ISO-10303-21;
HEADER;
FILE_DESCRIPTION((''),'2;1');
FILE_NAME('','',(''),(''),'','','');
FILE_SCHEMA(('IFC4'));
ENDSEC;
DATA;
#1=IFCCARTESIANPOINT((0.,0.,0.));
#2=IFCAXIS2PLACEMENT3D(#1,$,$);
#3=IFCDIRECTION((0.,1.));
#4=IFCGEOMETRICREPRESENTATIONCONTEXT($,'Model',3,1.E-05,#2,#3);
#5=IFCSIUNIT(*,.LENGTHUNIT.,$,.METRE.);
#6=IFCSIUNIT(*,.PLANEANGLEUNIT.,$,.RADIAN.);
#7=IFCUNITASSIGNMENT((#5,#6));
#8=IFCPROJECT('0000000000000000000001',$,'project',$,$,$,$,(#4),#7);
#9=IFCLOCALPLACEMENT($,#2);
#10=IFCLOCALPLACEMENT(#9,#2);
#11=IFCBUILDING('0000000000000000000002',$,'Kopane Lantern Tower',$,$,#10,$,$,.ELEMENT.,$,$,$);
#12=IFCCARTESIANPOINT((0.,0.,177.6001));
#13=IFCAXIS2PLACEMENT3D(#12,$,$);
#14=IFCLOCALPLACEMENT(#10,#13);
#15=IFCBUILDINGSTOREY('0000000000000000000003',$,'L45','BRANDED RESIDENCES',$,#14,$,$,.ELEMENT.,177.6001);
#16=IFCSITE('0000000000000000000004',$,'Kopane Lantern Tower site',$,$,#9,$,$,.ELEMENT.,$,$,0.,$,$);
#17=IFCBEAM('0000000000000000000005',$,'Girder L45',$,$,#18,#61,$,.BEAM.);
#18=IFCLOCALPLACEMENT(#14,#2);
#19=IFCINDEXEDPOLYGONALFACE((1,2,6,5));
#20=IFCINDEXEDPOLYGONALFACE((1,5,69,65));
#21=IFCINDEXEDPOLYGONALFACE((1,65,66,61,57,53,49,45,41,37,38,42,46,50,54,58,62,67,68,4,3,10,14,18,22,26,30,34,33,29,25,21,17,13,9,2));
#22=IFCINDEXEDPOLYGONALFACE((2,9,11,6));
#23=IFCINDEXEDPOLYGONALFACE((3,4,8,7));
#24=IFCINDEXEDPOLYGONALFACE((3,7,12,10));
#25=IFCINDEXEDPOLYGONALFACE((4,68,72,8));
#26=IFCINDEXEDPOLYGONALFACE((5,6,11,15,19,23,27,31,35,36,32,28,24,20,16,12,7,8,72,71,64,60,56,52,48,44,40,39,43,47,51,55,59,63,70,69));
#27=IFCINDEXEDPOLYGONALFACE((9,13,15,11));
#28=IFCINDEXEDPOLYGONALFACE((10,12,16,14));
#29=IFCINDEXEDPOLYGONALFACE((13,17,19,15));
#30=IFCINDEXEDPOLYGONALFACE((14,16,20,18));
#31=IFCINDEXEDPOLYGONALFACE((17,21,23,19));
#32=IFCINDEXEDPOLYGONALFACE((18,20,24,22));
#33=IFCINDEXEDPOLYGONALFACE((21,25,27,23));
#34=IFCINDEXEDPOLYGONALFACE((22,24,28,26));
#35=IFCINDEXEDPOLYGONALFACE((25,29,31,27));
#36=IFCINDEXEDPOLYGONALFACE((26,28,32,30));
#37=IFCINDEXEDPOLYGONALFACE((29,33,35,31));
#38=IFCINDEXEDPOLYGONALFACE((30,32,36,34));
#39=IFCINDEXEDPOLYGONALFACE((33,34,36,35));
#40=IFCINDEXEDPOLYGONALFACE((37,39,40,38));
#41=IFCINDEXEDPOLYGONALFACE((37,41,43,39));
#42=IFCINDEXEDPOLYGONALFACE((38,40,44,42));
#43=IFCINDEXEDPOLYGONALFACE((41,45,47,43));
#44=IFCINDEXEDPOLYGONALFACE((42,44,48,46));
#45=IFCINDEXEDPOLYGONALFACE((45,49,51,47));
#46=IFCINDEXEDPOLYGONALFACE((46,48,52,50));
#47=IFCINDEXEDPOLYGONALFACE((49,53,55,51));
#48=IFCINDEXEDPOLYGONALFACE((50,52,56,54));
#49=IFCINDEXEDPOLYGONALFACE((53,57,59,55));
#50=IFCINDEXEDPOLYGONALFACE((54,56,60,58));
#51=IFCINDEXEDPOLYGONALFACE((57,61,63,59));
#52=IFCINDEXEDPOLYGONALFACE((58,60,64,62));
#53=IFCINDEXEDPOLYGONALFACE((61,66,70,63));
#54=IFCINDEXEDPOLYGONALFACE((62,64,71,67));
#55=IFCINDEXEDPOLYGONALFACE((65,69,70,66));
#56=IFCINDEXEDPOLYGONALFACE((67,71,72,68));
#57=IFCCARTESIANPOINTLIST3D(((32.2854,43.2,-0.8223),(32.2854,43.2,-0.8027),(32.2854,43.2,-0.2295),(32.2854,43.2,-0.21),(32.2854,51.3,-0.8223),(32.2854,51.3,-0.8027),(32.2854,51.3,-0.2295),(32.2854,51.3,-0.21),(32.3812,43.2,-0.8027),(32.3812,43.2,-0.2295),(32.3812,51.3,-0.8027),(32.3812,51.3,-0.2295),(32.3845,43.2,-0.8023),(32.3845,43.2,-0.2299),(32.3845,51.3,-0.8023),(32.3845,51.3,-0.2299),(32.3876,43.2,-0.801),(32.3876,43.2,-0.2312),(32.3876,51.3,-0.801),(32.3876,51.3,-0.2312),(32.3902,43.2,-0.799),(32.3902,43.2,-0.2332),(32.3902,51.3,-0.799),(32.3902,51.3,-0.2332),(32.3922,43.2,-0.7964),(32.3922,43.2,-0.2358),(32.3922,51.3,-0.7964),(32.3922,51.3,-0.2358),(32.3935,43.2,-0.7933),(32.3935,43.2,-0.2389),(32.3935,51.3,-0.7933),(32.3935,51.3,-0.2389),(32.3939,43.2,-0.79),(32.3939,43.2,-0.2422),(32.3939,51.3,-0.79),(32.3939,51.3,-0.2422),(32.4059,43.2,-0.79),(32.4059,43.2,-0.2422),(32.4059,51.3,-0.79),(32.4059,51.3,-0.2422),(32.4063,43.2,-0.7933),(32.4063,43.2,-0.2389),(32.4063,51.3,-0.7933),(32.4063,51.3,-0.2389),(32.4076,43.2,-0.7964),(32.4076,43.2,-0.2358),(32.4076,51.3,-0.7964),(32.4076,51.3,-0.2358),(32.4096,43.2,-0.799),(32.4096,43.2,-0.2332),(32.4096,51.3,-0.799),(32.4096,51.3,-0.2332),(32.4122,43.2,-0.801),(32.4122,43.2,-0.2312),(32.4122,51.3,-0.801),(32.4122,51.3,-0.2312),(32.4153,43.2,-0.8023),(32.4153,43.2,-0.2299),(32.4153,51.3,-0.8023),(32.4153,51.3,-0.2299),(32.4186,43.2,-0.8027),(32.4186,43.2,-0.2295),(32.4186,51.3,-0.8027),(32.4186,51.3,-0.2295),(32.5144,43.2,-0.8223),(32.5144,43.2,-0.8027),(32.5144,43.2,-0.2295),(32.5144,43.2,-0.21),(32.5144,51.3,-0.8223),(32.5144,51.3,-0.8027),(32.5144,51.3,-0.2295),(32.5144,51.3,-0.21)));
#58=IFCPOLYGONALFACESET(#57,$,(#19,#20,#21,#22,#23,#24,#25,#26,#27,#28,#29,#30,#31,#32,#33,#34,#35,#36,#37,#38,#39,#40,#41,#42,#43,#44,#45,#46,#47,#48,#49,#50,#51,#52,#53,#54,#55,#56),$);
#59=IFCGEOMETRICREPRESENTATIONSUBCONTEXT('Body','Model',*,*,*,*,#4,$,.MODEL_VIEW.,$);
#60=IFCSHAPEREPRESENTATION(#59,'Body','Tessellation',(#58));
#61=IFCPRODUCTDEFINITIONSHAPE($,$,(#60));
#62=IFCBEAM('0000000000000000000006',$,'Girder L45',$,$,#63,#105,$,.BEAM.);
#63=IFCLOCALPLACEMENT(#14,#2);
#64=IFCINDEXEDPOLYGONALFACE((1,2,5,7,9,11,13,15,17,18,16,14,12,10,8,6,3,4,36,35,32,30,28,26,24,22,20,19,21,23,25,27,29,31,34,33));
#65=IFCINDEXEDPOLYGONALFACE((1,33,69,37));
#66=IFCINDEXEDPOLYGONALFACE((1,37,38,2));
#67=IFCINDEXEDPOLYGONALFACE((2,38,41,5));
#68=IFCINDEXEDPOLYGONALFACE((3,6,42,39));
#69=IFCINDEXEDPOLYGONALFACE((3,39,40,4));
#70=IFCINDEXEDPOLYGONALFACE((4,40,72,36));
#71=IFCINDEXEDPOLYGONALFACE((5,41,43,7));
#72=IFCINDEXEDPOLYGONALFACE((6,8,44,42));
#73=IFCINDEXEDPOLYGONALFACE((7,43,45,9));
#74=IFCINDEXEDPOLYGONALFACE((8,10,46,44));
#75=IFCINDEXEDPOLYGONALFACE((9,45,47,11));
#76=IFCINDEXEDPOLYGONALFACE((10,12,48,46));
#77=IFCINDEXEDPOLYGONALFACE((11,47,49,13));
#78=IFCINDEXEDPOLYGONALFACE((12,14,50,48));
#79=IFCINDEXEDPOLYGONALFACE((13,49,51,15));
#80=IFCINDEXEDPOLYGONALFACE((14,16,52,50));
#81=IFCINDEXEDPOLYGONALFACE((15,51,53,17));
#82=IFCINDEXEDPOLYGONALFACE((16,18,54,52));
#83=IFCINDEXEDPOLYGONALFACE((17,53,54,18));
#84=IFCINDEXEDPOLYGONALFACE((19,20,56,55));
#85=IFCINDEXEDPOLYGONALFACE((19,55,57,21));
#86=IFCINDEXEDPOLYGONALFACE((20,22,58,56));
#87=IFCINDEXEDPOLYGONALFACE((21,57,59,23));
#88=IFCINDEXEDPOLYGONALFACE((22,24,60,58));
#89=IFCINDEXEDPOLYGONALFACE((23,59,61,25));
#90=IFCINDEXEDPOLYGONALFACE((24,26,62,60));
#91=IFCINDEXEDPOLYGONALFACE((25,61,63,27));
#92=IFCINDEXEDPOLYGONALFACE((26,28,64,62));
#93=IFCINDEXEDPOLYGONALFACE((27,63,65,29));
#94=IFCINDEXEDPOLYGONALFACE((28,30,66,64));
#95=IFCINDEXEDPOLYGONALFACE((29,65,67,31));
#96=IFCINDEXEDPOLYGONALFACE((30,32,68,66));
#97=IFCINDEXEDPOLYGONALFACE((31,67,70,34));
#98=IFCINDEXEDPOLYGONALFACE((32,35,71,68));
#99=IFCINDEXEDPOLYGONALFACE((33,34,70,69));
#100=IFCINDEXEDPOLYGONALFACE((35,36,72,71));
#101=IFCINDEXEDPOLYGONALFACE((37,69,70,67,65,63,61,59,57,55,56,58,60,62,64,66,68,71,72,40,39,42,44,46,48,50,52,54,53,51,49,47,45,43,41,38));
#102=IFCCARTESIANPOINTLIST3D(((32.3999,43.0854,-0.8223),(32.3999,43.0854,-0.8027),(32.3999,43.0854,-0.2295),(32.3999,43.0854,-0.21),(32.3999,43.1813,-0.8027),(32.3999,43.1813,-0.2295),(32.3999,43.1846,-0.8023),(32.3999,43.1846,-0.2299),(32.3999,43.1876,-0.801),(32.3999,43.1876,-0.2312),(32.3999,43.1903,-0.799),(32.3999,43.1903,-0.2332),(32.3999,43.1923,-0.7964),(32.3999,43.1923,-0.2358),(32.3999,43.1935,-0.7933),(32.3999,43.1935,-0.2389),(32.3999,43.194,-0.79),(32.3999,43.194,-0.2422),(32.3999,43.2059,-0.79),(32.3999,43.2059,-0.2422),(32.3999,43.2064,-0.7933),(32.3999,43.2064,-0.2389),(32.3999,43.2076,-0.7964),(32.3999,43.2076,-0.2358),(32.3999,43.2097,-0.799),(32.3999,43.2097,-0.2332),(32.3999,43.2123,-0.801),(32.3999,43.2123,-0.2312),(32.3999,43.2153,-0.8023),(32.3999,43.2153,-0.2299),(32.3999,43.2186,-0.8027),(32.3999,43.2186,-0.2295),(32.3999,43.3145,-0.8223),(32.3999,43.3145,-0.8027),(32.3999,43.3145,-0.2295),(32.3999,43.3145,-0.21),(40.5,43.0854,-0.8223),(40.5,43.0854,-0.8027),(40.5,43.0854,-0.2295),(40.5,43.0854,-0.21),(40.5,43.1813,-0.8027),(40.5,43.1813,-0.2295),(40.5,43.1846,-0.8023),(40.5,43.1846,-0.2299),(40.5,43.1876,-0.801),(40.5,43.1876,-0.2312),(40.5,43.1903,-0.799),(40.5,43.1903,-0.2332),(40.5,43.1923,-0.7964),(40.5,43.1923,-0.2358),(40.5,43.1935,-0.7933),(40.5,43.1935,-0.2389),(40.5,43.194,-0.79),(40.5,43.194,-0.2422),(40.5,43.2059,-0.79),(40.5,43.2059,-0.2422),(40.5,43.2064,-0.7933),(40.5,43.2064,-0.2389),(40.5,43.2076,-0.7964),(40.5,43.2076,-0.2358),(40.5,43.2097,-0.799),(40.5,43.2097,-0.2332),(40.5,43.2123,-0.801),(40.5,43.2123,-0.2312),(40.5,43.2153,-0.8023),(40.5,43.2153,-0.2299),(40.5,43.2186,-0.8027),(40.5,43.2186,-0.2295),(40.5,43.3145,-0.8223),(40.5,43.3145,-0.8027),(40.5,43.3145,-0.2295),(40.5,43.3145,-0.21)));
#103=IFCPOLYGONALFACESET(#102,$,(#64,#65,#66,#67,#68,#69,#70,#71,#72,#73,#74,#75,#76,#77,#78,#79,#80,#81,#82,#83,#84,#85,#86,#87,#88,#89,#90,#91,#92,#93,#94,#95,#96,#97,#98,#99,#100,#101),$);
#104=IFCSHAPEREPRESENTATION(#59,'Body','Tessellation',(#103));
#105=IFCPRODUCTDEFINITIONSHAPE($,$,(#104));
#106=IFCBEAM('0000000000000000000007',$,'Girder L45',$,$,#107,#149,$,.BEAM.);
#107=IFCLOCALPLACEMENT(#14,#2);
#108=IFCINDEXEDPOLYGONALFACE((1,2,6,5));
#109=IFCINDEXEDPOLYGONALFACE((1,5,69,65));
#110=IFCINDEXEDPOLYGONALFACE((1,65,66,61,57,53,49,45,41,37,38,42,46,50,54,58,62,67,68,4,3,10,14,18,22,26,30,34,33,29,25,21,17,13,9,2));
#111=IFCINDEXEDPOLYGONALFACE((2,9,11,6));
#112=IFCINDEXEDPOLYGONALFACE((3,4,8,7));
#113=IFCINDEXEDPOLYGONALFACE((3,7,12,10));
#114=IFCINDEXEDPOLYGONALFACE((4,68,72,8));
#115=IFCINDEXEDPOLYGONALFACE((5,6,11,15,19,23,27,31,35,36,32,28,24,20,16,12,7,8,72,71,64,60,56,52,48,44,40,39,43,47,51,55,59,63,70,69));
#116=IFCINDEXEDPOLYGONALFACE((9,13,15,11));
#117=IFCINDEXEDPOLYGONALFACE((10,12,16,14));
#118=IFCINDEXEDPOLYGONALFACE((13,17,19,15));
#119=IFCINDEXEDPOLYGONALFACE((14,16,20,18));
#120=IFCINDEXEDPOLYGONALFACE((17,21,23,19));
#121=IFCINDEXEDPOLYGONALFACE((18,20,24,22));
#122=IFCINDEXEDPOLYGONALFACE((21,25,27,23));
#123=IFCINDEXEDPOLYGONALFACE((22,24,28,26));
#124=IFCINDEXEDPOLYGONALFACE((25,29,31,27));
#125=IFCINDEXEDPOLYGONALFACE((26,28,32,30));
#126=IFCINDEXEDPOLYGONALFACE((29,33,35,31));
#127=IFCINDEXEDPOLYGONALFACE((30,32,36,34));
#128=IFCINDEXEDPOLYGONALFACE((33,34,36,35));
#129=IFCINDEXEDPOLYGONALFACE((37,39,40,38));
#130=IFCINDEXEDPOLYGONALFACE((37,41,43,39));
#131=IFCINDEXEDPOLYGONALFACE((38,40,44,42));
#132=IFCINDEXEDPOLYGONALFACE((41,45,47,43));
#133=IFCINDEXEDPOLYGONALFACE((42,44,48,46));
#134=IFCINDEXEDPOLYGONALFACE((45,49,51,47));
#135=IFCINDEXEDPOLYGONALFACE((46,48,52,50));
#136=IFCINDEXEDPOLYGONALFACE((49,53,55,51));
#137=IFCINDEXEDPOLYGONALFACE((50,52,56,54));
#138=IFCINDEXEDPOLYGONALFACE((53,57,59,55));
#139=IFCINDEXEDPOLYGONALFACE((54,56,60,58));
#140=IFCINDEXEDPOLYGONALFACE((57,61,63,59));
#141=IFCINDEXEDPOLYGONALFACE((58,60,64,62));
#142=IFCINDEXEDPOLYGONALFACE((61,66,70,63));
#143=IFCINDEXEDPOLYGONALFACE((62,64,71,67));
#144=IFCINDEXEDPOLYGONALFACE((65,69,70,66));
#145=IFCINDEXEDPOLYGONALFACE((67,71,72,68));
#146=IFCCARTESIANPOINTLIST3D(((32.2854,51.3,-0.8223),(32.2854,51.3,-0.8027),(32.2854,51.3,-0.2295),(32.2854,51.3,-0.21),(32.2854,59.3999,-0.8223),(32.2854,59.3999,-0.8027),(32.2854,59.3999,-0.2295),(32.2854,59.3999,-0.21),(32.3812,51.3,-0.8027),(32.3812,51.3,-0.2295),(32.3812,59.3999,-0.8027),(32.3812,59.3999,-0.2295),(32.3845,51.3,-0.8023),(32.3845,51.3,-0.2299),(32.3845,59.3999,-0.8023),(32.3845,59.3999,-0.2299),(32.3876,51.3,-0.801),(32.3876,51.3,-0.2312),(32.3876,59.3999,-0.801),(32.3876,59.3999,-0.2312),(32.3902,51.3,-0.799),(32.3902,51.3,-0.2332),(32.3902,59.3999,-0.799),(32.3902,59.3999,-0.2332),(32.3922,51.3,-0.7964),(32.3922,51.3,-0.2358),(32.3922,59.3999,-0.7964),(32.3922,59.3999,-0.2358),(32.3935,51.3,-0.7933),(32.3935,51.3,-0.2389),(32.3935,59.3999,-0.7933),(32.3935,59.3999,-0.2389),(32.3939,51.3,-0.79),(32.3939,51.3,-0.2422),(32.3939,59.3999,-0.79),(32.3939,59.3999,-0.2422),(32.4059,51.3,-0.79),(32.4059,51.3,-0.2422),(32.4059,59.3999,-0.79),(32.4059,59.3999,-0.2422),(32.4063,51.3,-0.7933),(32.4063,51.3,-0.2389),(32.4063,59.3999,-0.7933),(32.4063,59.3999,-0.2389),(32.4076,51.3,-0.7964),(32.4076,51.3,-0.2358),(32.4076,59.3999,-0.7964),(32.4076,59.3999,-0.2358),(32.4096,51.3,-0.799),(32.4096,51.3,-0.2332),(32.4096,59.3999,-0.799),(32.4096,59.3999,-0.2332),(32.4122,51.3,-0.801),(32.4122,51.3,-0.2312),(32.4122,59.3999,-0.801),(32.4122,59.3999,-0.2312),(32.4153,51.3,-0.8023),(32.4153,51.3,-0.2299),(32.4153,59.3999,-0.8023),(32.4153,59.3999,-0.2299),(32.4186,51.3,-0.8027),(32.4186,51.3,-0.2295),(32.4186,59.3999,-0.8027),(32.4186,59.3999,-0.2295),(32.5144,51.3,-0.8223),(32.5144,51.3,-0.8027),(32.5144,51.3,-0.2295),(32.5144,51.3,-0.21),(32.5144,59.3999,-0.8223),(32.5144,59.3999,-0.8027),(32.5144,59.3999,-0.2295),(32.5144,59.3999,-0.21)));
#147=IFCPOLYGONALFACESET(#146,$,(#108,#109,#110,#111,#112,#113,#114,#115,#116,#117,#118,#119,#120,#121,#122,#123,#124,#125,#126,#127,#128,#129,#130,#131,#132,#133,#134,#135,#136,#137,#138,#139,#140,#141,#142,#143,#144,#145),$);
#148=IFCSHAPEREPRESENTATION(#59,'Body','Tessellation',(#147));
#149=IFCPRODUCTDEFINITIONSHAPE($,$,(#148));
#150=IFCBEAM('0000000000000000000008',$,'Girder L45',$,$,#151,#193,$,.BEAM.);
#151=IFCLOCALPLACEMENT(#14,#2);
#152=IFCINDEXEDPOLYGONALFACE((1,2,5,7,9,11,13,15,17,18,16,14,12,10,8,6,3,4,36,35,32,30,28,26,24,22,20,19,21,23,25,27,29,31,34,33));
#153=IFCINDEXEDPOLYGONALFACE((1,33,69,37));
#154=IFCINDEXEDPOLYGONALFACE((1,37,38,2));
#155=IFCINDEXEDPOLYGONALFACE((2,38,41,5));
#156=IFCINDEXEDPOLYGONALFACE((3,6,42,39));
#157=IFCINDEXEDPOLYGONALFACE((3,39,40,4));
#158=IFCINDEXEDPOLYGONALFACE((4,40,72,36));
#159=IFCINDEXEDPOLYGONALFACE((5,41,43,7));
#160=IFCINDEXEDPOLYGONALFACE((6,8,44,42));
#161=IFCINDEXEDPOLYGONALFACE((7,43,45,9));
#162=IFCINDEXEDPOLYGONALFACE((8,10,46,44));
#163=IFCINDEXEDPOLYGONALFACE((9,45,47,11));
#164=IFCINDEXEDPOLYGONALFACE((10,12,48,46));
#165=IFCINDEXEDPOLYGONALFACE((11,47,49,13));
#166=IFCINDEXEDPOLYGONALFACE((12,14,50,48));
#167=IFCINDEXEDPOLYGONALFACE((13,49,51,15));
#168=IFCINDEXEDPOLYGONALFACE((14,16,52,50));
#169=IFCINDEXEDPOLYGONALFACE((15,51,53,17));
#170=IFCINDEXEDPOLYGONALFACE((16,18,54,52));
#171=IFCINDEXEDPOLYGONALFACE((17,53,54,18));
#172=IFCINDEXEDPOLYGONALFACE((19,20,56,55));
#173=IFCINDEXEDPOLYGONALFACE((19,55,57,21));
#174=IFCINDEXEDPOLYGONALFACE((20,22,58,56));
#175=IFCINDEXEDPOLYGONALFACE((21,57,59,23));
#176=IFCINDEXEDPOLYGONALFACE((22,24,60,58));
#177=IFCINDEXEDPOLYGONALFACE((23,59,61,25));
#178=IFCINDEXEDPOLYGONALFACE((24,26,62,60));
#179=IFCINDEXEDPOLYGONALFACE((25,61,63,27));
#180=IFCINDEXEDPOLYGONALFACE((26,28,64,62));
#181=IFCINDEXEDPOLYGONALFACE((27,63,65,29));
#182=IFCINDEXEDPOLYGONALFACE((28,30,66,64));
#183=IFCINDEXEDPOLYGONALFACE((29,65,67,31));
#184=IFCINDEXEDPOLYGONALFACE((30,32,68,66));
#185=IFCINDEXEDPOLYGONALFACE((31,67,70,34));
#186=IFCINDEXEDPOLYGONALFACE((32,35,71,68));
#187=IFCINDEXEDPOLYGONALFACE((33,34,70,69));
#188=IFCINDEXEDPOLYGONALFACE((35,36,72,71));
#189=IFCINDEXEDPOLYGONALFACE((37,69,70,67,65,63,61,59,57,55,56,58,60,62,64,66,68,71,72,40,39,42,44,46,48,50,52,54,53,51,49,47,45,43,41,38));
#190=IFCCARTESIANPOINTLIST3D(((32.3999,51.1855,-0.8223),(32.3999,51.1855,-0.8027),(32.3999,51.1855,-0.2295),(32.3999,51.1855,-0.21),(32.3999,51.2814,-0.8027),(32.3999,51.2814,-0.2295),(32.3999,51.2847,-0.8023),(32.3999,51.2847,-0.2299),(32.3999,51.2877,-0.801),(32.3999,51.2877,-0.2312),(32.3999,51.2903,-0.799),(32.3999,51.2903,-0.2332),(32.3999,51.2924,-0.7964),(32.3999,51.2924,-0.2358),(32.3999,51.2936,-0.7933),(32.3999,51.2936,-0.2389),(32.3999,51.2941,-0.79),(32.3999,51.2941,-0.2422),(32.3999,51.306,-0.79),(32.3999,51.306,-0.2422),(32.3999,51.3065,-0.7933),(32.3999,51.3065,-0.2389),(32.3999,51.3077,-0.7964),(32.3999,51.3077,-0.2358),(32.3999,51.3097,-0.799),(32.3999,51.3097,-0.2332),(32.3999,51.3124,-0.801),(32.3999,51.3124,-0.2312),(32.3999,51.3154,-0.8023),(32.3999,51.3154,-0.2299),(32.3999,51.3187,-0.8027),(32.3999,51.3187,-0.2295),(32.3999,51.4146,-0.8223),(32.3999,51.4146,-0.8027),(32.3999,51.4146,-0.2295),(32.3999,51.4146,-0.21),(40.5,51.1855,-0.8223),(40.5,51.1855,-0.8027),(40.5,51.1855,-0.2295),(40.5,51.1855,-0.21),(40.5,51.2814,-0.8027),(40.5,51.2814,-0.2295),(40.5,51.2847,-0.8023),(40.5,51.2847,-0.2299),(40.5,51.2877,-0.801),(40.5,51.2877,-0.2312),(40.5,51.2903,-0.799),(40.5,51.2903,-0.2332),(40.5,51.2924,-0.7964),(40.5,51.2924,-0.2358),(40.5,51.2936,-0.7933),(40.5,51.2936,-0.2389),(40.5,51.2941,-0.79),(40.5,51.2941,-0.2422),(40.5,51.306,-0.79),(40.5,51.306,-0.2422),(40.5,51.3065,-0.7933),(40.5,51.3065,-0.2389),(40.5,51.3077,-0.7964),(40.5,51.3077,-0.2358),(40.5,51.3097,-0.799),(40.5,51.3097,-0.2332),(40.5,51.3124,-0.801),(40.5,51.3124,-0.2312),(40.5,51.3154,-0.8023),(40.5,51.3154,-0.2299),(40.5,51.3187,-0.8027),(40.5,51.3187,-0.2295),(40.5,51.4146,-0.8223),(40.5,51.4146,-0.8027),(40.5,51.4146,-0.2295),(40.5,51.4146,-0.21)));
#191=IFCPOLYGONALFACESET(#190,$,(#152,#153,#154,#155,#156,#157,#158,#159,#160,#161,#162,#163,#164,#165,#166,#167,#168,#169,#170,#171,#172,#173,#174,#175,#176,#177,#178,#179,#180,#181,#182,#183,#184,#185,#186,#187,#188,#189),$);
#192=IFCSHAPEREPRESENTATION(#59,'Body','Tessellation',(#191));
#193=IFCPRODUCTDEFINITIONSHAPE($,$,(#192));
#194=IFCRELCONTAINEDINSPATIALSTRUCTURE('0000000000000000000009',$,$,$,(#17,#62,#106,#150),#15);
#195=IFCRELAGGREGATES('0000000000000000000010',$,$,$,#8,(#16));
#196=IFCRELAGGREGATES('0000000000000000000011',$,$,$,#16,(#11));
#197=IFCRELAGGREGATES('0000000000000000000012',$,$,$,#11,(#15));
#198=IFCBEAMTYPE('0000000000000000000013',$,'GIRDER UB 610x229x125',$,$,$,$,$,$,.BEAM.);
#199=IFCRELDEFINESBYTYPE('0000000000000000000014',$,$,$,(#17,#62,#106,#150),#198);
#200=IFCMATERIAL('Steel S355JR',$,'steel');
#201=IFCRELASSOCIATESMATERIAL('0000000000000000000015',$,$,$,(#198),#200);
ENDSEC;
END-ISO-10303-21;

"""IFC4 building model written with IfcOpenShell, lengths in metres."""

from ifc_helpers import new_model, si_unit, direction, frame, origin, origin_2d, place, context, subcontext, project, spatial, i_section, extrude, material, material_profile, profile_set, type_object, element, save


model = new_model("IFC4")

# Units and contexts
model_context = context("Model", 3, precision=1e-05, world=origin(), true_north=direction((0.0, 1.0)))
body_context = subcontext(model_context, "Body", "Model", "MODEL_VIEW")
ifc_project = project(units=[si_unit("LENGTHUNIT", "METRE"), si_unit("PLANEANGLEUNIT", "RADIAN")], contexts=[model_context])

# Site, building, storey
site_placement = place(None, origin())
site = spatial("IfcSite", under=ifc_project, at=site_placement, Name="Kopane Lantern Tower site", CompositionType="ELEMENT", RefElevation=0.0)
building_placement = place(site_placement, origin())
building = spatial("IfcBuilding", under=site, at=building_placement, Name="Kopane Lantern Tower", CompositionType="ELEMENT")
storey_placement = place(building_placement, frame((0.0, 0.0, 177.6001)))
storey = spatial("IfcBuildingStorey", under=building, at=storey_placement, Name="L45", Description="BRANDED RESIDENCES", CompositionType="ELEMENT", Elevation=177.6001)

# Beams
ifc_material_1 = material(Name="Steel S355JR", Category="steel")
ifc_material_profile_1 = material_profile(ifc_material_1, i_section(OverallWidth=0.229, OverallDepth=0.6123, WebThickness=0.012, FlangeThickness=0.0195, FilletRadius=0.0127, at=origin_2d()), Name="UB 610x229x125")
ifc_profile_set_1 = profile_set([ifc_material_profile_1], Name="Steel S355JR")
beam_type_1 = type_object("IfcBeamType", Name="GIRDER UB 610x229x125", PredefinedType="BEAM", material=ifc_profile_set_1)
for number, where, z_axis, x_axis, name in (
    (1, (32.3999, 43.2, -0.5161), (0.0, 1.0, 0.0), (-1.0, 0.0, 0.0), "Girder L45"),
    (2, (32.3999, 43.2, -0.5161), (1.0, 0.0, 0.0), (0.0, 1.0, 0.0), "Girder L45"),
):
    element("IfcBeam", number, at=place(storey_placement, frame(where, z_axis=z_axis, x_axis=x_axis)), inside=storey, type_object=beam_type_1, Name=name, PredefinedType="BEAM", context=body_context, shape_type="SweptSolid", body=[
        extrude(i_section(OverallWidth=0.229, OverallDepth=0.6123, WebThickness=0.012, FlangeThickness=0.0195, FilletRadius=0.0127, at=origin_2d()), origin(), (0.0, 0.0, 1.0), 8.1001),
    ])
beam_1_placement = place(storey_placement, frame((32.3999, 51.3, -0.5161), z_axis=(0.0, 1.0, 0.0), x_axis=(-1.0, 0.0, 0.0)))
element("IfcBeam", 3, at=beam_1_placement, inside=storey, type_object=beam_type_1, Name="Girder L45", PredefinedType="BEAM", context=body_context, shape_type="SweptSolid", body=[
    extrude(i_section(OverallWidth=0.229, OverallDepth=0.6123, WebThickness=0.012, FlangeThickness=0.0195, FilletRadius=0.0127, at=origin_2d()), origin(), (0.0, 0.0, 1.0), 8.0999),
])
for number, where, z_axis, x_axis, name in (
    (4, (32.3999, 51.3, -0.5161), (1.0, 0.0, 0.0), (0.0, 1.0, 0.0), "Girder L45"),
):
    element("IfcBeam", number, at=place(storey_placement, frame(where, z_axis=z_axis, x_axis=x_axis)), inside=storey, type_object=beam_type_1, Name=name, PredefinedType="BEAM", context=body_context, shape_type="SweptSolid", body=[
        extrude(i_section(OverallWidth=0.229, OverallDepth=0.6123, WebThickness=0.012, FlangeThickness=0.0195, FilletRadius=0.0127, at=origin_2d()), origin(), (0.0, 0.0, 1.0), 8.1001),
    ])

save(model, "model.ifc")
